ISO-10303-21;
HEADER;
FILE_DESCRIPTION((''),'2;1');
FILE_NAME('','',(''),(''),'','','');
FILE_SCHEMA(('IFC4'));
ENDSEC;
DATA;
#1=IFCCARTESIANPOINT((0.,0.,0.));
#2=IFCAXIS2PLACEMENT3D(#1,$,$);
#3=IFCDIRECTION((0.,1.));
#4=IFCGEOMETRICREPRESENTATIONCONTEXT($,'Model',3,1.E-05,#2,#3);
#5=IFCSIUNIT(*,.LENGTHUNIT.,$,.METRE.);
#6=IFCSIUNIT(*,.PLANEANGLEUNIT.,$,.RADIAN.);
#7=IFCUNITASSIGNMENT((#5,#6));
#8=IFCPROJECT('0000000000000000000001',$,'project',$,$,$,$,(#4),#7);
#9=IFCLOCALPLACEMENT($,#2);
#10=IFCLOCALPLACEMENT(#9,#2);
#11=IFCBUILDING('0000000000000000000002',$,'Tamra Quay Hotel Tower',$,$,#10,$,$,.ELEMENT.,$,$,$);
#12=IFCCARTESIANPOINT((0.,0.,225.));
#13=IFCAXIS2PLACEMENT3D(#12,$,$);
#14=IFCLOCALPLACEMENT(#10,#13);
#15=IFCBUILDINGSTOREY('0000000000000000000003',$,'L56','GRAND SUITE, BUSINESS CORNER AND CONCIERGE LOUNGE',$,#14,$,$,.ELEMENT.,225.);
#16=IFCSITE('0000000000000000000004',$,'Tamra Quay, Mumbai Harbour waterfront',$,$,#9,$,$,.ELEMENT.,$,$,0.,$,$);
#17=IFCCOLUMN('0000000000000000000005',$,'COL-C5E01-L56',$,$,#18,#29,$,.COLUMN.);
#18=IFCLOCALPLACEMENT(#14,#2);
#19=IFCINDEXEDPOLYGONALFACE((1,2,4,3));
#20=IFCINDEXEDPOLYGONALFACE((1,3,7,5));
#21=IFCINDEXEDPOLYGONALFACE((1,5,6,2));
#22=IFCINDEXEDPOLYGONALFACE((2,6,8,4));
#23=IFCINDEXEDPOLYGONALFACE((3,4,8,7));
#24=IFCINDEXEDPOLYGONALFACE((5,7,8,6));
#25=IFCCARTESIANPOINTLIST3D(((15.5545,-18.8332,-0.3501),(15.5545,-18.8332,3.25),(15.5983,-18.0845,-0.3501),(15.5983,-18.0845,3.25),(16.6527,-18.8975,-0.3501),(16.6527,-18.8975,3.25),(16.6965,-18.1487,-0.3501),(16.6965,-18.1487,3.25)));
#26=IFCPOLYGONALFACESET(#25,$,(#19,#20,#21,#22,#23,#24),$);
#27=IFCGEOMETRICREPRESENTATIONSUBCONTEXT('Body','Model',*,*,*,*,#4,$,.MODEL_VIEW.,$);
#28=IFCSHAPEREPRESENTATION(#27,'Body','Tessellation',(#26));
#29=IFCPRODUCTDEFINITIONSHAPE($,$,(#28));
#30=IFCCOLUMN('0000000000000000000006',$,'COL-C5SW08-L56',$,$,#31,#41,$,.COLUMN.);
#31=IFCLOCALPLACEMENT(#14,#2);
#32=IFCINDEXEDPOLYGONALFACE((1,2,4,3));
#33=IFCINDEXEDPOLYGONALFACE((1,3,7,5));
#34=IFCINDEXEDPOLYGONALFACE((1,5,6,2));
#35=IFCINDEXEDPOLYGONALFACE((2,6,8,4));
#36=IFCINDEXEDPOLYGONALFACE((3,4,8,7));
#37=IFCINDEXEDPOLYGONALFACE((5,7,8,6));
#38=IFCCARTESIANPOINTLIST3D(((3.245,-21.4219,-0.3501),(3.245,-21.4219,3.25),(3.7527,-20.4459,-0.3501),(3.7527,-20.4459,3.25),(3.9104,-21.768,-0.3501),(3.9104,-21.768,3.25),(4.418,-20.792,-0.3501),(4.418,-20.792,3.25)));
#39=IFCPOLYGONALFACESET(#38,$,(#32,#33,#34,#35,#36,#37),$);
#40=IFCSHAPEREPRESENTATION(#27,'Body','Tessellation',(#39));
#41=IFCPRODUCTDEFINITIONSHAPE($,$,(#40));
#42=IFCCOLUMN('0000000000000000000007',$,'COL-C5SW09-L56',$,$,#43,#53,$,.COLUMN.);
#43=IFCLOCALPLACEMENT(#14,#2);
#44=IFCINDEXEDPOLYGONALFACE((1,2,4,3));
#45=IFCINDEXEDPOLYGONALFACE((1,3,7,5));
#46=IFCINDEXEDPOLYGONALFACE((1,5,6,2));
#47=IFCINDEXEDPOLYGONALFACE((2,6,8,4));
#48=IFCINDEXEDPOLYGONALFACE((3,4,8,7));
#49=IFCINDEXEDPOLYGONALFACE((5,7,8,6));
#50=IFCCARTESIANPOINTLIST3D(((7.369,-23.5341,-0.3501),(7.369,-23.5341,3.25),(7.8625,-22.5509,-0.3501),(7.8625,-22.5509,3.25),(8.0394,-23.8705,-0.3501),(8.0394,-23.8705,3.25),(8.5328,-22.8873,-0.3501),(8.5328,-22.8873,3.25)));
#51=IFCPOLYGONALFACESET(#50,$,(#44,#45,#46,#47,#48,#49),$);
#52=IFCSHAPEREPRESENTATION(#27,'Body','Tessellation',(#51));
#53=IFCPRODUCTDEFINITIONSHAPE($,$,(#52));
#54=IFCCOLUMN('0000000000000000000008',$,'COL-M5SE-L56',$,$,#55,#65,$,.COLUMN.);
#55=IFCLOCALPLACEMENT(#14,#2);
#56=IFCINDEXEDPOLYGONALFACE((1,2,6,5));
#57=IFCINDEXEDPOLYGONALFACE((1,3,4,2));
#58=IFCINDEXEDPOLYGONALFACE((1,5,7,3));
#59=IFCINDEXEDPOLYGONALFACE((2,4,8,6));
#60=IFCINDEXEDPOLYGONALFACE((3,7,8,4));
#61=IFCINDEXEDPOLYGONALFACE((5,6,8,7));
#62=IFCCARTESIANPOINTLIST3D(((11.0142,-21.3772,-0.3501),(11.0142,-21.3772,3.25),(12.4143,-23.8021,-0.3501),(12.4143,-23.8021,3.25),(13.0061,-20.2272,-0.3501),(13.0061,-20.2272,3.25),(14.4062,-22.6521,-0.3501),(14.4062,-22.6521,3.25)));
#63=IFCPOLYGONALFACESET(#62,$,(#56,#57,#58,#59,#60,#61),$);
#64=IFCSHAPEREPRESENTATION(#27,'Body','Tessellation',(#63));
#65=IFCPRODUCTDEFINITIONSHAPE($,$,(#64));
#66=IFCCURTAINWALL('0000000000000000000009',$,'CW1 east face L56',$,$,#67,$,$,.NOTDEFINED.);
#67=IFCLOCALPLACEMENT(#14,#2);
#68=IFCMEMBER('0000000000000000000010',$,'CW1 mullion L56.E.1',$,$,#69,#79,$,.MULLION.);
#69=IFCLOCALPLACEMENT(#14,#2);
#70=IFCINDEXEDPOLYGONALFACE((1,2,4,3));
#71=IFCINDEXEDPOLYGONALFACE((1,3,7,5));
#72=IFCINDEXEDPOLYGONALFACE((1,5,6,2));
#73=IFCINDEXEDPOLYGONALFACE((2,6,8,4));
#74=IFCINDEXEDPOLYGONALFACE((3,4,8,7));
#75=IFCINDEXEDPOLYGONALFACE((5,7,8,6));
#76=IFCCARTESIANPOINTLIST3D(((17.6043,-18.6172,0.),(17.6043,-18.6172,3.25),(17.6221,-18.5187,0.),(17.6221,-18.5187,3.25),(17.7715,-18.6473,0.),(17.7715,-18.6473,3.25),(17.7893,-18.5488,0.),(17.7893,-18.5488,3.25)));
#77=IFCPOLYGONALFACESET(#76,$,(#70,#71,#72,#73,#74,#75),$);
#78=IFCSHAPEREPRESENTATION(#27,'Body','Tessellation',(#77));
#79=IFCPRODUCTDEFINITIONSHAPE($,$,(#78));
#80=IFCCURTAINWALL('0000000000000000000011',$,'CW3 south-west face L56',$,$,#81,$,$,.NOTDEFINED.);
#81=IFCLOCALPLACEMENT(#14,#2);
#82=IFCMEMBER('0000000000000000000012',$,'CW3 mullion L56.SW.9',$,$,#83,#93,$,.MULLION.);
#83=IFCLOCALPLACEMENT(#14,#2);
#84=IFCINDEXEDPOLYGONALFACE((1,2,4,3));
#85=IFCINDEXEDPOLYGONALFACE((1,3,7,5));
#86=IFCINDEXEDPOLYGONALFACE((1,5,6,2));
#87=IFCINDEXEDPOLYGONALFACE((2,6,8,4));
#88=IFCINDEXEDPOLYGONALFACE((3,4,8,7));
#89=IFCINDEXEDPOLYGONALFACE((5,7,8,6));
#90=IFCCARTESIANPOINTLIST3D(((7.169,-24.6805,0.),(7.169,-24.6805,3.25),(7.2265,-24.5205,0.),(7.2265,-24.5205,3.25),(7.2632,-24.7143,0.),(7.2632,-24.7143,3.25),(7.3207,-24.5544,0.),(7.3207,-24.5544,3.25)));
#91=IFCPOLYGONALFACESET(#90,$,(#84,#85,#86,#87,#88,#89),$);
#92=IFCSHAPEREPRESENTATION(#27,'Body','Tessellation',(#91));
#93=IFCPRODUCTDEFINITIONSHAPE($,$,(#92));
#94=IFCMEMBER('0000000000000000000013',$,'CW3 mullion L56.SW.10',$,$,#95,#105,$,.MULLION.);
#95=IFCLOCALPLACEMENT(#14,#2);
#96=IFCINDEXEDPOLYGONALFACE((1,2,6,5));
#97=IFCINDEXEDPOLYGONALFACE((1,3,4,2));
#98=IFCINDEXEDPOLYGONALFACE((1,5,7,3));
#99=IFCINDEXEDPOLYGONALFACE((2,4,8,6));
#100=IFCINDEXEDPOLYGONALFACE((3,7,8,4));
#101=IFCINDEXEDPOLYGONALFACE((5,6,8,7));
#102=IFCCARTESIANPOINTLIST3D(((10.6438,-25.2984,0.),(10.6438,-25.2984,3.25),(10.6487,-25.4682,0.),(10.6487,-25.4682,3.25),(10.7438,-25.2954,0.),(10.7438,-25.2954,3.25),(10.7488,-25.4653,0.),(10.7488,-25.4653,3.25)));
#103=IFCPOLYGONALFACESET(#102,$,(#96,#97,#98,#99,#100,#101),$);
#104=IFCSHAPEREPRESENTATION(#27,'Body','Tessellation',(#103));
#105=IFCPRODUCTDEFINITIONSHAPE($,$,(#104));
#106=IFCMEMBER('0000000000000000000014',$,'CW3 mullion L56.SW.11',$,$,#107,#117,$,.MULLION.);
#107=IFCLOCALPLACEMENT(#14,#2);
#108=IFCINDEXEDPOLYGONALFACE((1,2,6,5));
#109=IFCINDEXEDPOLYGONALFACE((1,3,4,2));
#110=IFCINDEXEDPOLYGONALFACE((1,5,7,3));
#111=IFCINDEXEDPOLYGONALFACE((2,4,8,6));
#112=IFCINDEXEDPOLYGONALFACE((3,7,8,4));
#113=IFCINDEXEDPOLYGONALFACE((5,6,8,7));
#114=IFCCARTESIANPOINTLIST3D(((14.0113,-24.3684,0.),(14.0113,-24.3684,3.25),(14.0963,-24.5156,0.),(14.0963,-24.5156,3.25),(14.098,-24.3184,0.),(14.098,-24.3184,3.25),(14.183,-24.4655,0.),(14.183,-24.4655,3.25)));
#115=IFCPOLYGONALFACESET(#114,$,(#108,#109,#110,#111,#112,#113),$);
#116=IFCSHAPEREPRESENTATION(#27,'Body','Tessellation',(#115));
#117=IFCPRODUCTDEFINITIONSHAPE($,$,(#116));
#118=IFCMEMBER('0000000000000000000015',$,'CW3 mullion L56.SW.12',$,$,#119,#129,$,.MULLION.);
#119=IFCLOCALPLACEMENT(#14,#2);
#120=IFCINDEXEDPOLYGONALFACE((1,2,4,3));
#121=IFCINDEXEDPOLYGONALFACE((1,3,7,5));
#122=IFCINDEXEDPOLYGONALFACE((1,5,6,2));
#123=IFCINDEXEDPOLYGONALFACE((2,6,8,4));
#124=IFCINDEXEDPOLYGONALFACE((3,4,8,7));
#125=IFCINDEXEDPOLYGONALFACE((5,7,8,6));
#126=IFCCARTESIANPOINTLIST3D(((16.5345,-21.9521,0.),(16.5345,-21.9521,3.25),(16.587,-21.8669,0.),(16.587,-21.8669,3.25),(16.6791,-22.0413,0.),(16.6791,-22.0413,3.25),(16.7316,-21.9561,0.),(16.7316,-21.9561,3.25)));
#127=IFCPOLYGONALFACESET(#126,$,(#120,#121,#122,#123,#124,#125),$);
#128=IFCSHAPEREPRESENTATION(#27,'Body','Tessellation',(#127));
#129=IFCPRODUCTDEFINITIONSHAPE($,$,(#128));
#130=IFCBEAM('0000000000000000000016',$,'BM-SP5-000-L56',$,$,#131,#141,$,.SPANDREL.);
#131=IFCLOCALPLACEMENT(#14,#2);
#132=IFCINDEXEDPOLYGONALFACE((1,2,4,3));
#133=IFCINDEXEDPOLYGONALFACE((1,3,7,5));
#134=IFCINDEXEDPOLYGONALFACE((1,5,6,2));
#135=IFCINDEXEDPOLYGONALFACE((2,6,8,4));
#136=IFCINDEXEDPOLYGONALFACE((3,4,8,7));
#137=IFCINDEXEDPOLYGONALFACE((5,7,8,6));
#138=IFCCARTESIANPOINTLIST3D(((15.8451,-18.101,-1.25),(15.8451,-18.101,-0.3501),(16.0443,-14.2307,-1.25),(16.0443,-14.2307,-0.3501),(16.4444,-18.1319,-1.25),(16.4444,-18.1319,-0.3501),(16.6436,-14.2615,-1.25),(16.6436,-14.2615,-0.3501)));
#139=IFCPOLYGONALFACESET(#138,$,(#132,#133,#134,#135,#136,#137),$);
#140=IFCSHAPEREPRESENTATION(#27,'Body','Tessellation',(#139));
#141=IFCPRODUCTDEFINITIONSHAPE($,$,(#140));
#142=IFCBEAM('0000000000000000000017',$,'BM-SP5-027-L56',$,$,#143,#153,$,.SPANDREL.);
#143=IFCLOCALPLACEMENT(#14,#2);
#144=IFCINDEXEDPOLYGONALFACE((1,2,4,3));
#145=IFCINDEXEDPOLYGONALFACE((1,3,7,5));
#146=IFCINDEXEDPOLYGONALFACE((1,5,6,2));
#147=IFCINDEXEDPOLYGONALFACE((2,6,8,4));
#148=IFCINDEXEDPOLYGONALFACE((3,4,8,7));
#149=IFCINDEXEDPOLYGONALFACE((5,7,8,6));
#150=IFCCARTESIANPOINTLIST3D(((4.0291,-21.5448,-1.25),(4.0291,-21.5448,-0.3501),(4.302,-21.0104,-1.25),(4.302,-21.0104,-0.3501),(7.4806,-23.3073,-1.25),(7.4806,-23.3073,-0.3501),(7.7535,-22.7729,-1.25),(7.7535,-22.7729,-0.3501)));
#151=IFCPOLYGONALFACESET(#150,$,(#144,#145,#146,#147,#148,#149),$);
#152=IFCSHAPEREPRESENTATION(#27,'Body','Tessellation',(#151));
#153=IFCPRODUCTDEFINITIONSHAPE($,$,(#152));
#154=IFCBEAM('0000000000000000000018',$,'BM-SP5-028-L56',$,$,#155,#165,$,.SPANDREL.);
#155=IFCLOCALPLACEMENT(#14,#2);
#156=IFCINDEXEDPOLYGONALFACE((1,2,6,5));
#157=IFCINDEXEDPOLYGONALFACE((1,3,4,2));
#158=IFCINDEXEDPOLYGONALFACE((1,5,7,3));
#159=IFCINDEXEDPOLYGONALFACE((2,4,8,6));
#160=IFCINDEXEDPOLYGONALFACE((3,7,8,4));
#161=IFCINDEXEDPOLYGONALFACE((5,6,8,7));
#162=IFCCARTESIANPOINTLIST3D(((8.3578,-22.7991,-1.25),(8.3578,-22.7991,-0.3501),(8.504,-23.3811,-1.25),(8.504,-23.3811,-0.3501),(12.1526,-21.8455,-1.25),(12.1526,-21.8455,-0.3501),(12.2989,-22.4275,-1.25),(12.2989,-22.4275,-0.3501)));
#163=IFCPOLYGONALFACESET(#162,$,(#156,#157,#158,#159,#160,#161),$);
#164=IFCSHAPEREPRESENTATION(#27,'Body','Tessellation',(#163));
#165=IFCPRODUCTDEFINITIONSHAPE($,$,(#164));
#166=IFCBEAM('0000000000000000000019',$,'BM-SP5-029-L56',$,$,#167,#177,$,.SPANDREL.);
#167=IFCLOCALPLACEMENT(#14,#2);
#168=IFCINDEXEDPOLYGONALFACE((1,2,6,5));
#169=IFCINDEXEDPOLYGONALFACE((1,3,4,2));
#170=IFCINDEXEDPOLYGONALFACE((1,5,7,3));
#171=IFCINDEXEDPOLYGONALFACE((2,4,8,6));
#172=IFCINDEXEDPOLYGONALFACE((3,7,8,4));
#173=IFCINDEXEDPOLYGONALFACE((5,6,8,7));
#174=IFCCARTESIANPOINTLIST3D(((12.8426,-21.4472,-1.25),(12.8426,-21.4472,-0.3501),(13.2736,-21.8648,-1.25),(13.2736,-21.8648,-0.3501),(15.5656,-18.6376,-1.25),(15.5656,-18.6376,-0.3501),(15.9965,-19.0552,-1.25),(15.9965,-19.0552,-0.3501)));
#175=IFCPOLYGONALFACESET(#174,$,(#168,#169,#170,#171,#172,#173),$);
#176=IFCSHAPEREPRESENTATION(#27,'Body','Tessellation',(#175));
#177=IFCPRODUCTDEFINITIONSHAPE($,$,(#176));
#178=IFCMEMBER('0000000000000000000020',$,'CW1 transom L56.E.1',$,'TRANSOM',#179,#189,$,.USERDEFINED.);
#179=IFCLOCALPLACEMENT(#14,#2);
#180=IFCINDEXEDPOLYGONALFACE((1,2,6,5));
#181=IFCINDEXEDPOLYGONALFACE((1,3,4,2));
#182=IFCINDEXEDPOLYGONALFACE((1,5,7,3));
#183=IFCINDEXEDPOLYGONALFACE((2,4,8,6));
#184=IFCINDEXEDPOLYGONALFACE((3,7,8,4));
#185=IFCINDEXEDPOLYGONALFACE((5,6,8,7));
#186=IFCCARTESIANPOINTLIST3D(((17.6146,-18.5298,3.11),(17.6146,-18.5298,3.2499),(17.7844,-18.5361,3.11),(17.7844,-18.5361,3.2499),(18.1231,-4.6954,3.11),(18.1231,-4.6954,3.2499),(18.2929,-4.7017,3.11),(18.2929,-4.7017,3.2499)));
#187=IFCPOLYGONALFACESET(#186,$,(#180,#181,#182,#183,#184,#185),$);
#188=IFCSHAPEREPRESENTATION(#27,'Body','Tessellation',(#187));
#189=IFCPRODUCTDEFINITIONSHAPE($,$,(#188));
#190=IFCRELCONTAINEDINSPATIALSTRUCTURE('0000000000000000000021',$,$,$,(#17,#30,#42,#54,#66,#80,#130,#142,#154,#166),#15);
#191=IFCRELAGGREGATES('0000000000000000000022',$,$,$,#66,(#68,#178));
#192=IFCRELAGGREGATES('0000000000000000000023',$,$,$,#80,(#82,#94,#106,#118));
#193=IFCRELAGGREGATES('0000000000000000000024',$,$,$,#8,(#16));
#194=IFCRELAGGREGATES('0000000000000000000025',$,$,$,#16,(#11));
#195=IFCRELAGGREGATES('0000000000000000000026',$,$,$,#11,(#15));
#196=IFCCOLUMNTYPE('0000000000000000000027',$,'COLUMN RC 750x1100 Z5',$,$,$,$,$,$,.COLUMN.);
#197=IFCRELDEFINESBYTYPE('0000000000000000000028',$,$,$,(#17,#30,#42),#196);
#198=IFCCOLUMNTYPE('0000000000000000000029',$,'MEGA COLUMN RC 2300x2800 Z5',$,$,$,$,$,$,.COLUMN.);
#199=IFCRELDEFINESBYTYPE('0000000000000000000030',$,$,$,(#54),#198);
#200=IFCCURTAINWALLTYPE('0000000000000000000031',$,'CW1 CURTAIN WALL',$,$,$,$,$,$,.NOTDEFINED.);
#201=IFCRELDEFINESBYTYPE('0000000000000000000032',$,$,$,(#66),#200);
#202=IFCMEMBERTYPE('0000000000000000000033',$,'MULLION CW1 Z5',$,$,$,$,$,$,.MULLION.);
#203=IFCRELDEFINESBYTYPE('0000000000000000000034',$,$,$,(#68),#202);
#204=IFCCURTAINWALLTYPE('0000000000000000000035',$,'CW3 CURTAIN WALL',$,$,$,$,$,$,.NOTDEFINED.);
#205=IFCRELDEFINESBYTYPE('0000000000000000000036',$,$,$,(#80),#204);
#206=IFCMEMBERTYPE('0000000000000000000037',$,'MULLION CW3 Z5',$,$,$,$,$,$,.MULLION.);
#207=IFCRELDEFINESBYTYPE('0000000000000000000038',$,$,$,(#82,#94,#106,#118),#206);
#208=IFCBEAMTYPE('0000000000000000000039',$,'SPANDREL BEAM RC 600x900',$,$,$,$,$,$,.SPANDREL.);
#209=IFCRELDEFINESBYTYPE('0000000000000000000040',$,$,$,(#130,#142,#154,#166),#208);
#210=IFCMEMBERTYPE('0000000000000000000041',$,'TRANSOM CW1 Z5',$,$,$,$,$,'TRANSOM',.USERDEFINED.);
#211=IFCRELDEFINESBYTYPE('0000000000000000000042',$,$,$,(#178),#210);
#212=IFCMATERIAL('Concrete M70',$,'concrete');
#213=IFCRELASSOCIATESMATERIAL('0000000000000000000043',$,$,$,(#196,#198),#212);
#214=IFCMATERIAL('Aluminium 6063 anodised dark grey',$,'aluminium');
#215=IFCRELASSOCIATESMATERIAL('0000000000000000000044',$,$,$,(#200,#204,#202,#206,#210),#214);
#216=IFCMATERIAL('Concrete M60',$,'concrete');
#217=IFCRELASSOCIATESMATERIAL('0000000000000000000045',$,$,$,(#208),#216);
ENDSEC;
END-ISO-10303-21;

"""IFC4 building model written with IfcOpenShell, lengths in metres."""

from ifc_helpers import new_model, si_unit, direction, frame, origin, origin_2d, place, context, subcontext, project, spatial, rectangle, extrude, material, material_profile, profile_set, type_object, element, aggregate, save


model = new_model("IFC4")

# Units and contexts
model_context = context("Model", 3, precision=1e-05, world=origin(), true_north=direction((0.0, 1.0)))
body_context = subcontext(model_context, "Body", "Model", "MODEL_VIEW")
ifc_project = project(units=[si_unit("LENGTHUNIT", "METRE"), si_unit("PLANEANGLEUNIT", "RADIAN")], contexts=[model_context])

# Site, building, storey
site_placement = place(None, origin())
site = spatial("IfcSite", under=ifc_project, at=site_placement, Name="Tamra Quay, Mumbai Harbour waterfront", CompositionType="ELEMENT", RefElevation=0.0)
building_placement = place(site_placement, origin())
building = spatial("IfcBuilding", under=site, at=building_placement, Name="Tamra Quay Hotel Tower", CompositionType="ELEMENT")
storey_placement = place(building_placement, frame((0.0, 0.0, 225.0)))
storey = spatial("IfcBuildingStorey", under=building, at=storey_placement, Name="L56", Description="GRAND SUITE, BUSINESS CORNER AND CONCIERGE LOUNGE", CompositionType="ELEMENT", Elevation=225.0)

# Columns
ifc_material_1 = material(Name="Concrete M70", Category="concrete")
ifc_material_profile_1 = material_profile(ifc_material_1, rectangle(XDim=1.1001, YDim=0.75, at=origin_2d()), Name="COLUMN RC 750x1100 Z5")
ifc_profile_set_1 = profile_set([ifc_material_profile_1], Name="Concrete M70")
column_type_1 = type_object("IfcColumnType", Name="COLUMN RC 750x1100 Z5", PredefinedType="COLUMN", material=ifc_profile_set_1)
for number, where, z_axis, x_axis, name in (
    (1, (16.1255, -18.491, -0.3501), (0.0, 0.0, 1.0), (-0.998292, 0.05842, 0.0), "COL-C5E01-L56"),
    (2, (3.8315, -21.1069, -0.3501), (0.0, 0.0, 1.0), (0.461448, 0.887167, 0.0), "COL-C5SW08-L56"),
    (3, (7.9509, -23.2107, -0.3501), (0.0, 0.0, 1.0), (0.448553, 0.893756, 0.0), "COL-C5SW09-L56"),
):
    element("IfcColumn", number, at=place(storey_placement, frame(where, z_axis=z_axis, x_axis=x_axis)), inside=storey, type_object=column_type_1, Name=name, PredefinedType="COLUMN", context=body_context, shape_type="SweptSolid", body=[
        extrude(rectangle(XDim=1.1001, YDim=0.75, at=origin_2d()), origin(), (0.0, 0.0, 1.0), 3.6001),
    ])
ifc_material_profile_2 = material_profile(ifc_material_1, rectangle(XDim=2.8, YDim=2.3, at=origin_2d()), Name="MEGA COLUMN RC 2300x2800 Z5")
ifc_profile_set_2 = profile_set([ifc_material_profile_2], Name="Concrete M70")
column_type_2 = type_object("IfcColumnType", Name="MEGA COLUMN RC 2300x2800 Z5", PredefinedType="COLUMN", material=ifc_profile_set_2)
column_placement = place(storey_placement, frame((12.7102, -22.0146, -0.3501), z_axis=(0.0, 0.0, 1.0), x_axis=(-0.5, 0.866025, 0.0)))
element("IfcColumn", 4, at=column_placement, inside=storey, type_object=column_type_2, Name="COL-M5SE-L56", PredefinedType="COLUMN", context=body_context, shape_type="SweptSolid", body=[
    extrude(rectangle(XDim=2.8, YDim=2.3, at=origin_2d()), origin(), (0.0, 0.0, 1.0), 3.6001),
])

# Curtain wall, member
ifc_material_2 = material(Name="Aluminium 6063 anodised dark grey", Category="aluminium")
curtain_wall_type_1 = type_object("IfcCurtainWallType", Name="CW1 CURTAIN WALL", PredefinedType="NOTDEFINED", material=ifc_material_2)
curtain_wall_1_placement = place(storey_placement, origin())
curtain_wall_1 = element("IfcCurtainWall", 5, at=curtain_wall_1_placement, inside=storey, type_object=curtain_wall_type_1, Name="CW1 east face L56", PredefinedType="NOTDEFINED")
ifc_material_profile_3 = material_profile(ifc_material_2, rectangle(XDim=0.1699, YDim=0.1001, at=origin_2d()), Name="MULLION 100X170")
ifc_profile_set_3 = profile_set([ifc_material_profile_3], Name="Aluminium 6063 anodised dark grey")
member_type_1 = type_object("IfcMemberType", Name="MULLION CW1 Z5", PredefinedType="MULLION", material=ifc_profile_set_3)
member_1_placement = place(storey_placement, frame((17.6968, -18.583, 0.0), z_axis=(0.0, 0.0, 1.0), x_axis=(0.984105, -0.177586, 0.0)))
member_1 = element("IfcMember", 6, at=member_1_placement, type_object=member_type_1, Name="CW1 mullion L56.E.1", PredefinedType="MULLION", context=body_context, shape_type="SweptSolid", body=[
    extrude(rectangle(XDim=0.1699, YDim=0.1001, at=origin_2d()), origin(), (0.0, 0.0, 1.0), 3.25),
])

# Curtain wall, members
curtain_wall_type_2 = type_object("IfcCurtainWallType", Name="CW3 CURTAIN WALL", PredefinedType="NOTDEFINED", material=ifc_material_2)
curtain_wall_2_placement = place(storey_placement, origin())
curtain_wall_2 = element("IfcCurtainWall", 7, at=curtain_wall_2_placement, inside=storey, type_object=curtain_wall_type_2, Name="CW3 south-west face L56", PredefinedType="NOTDEFINED")
ifc_material_profile_4 = material_profile(ifc_material_2, rectangle(XDim=0.1699, YDim=0.1001, at=origin_2d()), Name="MULLION 100X170")
ifc_profile_set_4 = profile_set([ifc_material_profile_4], Name="Aluminium 6063 anodised dark grey")
member_type_2 = type_object("IfcMemberType", Name="MULLION CW3 Z5", PredefinedType="MULLION", material=ifc_profile_set_4)
member_2_placement = place(storey_placement, frame((7.2449, -24.6174, 0.0), z_axis=(0.0, 0.0, 1.0), x_axis=(-0.338259, -0.941053, 0.0)))
member_2 = element("IfcMember", 8, at=member_2_placement, type_object=member_type_2, Name="CW3 mullion L56.SW.9", PredefinedType="MULLION", context=body_context, shape_type="SweptSolid", body=[
    extrude(rectangle(XDim=0.1699, YDim=0.1001, at=origin_2d()), origin(), (0.0, 0.0, 1.0), 3.25),
])
member_3_placement = place(storey_placement, frame((10.6963, -25.3818, 0.0), z_axis=(0.0, 0.0, 1.0), x_axis=(0.029223, -0.999573, 0.0)))
member_3 = element("IfcMember", 9, at=member_3_placement, type_object=member_type_2, Name="CW3 mullion L56.SW.10", PredefinedType="MULLION", context=body_context, shape_type="SweptSolid", body=[
    extrude(rectangle(XDim=0.1699, YDim=0.1001, at=origin_2d()), origin(), (0.0, 0.0, 1.0), 3.25),
])
member_4_placement = place(storey_placement, frame((14.0972, -24.417, 0.0), z_axis=(0.0, 0.0, 1.0), x_axis=(0.5, -0.866025, 0.0)))
member_4 = element("IfcMember", 10, at=member_4_placement, type_object=member_type_2, Name="CW3 mullion L56.SW.11", PredefinedType="MULLION", context=body_context, shape_type="SweptSolid", body=[
    extrude(rectangle(XDim=0.1699, YDim=0.1001, at=origin_2d()), origin(), (0.0, 0.0, 1.0), 3.25),
])
member_5_placement = place(storey_placement, frame((16.6331, -21.9541, 0.0), z_axis=(0.0, 0.0, 1.0), x_axis=(0.851044, -0.525094, 0.0)))
member_5 = element("IfcMember", 11, at=member_5_placement, type_object=member_type_2, Name="CW3 mullion L56.SW.12", PredefinedType="MULLION", context=body_context, shape_type="SweptSolid", body=[
    extrude(rectangle(XDim=0.1699, YDim=0.1001, at=origin_2d()), origin(), (0.0, 0.0, 1.0), 3.25),
])

# Beams
ifc_material_3 = material(Name="Concrete M60", Category="concrete")
ifc_material_profile_5 = material_profile(ifc_material_3, rectangle(XDim=0.6001, YDim=0.8999, at=origin_2d()), Name="SPANDREL BEAM RC 600x900")
ifc_profile_set_5 = profile_set([ifc_material_profile_5], Name="Concrete M60")
beam_type = type_object("IfcBeamType", Name="SPANDREL BEAM RC 600x900", PredefinedType="SPANDREL", material=ifc_profile_set_5)
for number, where, z_axis, x_axis, name in (
    (12, (16.1448, -18.1165, -0.8), (0.051405, 0.998678, 0.0), (-0.998678, 0.051405, 0.0), "BM-SP5-000-L56"),
    (13, (4.1655, -21.2776, -0.8), (0.890603, -0.454782, 0.0), (0.454782, 0.890603, 0.0), "BM-SP5-027-L56"),
):
    element("IfcBeam", number, at=place(storey_placement, frame(where, z_axis=z_axis, x_axis=x_axis)), inside=storey, type_object=beam_type, Name=name, PredefinedType="SPANDREL", context=body_context, shape_type="SweptSolid", body=[
        extrude(rectangle(XDim=0.6001, YDim=0.8999, at=origin_2d()), origin(), (0.0, 0.0, 1.0), 3.8755),
    ])
beam_1_placement = place(storey_placement, frame((8.4309, -23.0901, -0.8), z_axis=(0.969848, 0.24371, 0.0), x_axis=(-0.24371, 0.969848, 0.0)))
element("IfcBeam", 14, at=beam_1_placement, inside=storey, type_object=beam_type, Name="BM-SP5-028-L56", PredefinedType="SPANDREL", context=body_context, shape_type="SweptSolid", body=[
    extrude(rectangle(XDim=0.6001, YDim=0.8999, at=origin_2d()), origin(), (0.0, 0.0, 1.0), 3.9128),
])
beam_2_placement = place(storey_placement, frame((13.0581, -21.656, -0.8), z_axis=(0.695944, 0.718096, 0.0), x_axis=(-0.718096, 0.695944, 0.0)))
element("IfcBeam", 15, at=beam_2_placement, inside=storey, type_object=beam_type, Name="BM-SP5-029-L56", PredefinedType="SPANDREL", context=body_context, shape_type="SweptSolid", body=[
    extrude(rectangle(XDim=0.6001, YDim=0.8999, at=origin_2d()), origin(), (0.0, 0.0, 1.0), 3.9126),
])

# Member
ifc_material_profile_6 = material_profile(ifc_material_2, rectangle(XDim=0.1699, YDim=0.1399, at=origin_2d()), Name="TRANSOM 170X140")
ifc_profile_set_6 = profile_set([ifc_material_profile_6], Name="Aluminium 6063 anodised dark grey")
member_type_3 = type_object("IfcMemberType", Name="TRANSOM CW1 Z5", ElementType="TRANSOM", PredefinedType="USERDEFINED", material=ifc_profile_set_6)
member_6_placement = place(storey_placement, frame((17.6995, -18.533, 3.1799), z_axis=(0.036734, 0.999325, 0.0), x_axis=(-0.999325, 0.036734, 0.0)))
member_6 = element("IfcMember", 16, at=member_6_placement, type_object=member_type_3, Name="CW1 transom L56.E.1", ObjectType="TRANSOM", PredefinedType="USERDEFINED", context=body_context, shape_type="SweptSolid", body=[
    extrude(rectangle(XDim=0.1699, YDim=0.1399, at=origin_2d()), origin(), (0.0, 0.0, 1.0), 13.8438),
])

aggregate(curtain_wall_1, [member_1, member_6])
aggregate(curtain_wall_2, [member_2, member_3, member_4, member_5])

save(model, "model.ifc")
